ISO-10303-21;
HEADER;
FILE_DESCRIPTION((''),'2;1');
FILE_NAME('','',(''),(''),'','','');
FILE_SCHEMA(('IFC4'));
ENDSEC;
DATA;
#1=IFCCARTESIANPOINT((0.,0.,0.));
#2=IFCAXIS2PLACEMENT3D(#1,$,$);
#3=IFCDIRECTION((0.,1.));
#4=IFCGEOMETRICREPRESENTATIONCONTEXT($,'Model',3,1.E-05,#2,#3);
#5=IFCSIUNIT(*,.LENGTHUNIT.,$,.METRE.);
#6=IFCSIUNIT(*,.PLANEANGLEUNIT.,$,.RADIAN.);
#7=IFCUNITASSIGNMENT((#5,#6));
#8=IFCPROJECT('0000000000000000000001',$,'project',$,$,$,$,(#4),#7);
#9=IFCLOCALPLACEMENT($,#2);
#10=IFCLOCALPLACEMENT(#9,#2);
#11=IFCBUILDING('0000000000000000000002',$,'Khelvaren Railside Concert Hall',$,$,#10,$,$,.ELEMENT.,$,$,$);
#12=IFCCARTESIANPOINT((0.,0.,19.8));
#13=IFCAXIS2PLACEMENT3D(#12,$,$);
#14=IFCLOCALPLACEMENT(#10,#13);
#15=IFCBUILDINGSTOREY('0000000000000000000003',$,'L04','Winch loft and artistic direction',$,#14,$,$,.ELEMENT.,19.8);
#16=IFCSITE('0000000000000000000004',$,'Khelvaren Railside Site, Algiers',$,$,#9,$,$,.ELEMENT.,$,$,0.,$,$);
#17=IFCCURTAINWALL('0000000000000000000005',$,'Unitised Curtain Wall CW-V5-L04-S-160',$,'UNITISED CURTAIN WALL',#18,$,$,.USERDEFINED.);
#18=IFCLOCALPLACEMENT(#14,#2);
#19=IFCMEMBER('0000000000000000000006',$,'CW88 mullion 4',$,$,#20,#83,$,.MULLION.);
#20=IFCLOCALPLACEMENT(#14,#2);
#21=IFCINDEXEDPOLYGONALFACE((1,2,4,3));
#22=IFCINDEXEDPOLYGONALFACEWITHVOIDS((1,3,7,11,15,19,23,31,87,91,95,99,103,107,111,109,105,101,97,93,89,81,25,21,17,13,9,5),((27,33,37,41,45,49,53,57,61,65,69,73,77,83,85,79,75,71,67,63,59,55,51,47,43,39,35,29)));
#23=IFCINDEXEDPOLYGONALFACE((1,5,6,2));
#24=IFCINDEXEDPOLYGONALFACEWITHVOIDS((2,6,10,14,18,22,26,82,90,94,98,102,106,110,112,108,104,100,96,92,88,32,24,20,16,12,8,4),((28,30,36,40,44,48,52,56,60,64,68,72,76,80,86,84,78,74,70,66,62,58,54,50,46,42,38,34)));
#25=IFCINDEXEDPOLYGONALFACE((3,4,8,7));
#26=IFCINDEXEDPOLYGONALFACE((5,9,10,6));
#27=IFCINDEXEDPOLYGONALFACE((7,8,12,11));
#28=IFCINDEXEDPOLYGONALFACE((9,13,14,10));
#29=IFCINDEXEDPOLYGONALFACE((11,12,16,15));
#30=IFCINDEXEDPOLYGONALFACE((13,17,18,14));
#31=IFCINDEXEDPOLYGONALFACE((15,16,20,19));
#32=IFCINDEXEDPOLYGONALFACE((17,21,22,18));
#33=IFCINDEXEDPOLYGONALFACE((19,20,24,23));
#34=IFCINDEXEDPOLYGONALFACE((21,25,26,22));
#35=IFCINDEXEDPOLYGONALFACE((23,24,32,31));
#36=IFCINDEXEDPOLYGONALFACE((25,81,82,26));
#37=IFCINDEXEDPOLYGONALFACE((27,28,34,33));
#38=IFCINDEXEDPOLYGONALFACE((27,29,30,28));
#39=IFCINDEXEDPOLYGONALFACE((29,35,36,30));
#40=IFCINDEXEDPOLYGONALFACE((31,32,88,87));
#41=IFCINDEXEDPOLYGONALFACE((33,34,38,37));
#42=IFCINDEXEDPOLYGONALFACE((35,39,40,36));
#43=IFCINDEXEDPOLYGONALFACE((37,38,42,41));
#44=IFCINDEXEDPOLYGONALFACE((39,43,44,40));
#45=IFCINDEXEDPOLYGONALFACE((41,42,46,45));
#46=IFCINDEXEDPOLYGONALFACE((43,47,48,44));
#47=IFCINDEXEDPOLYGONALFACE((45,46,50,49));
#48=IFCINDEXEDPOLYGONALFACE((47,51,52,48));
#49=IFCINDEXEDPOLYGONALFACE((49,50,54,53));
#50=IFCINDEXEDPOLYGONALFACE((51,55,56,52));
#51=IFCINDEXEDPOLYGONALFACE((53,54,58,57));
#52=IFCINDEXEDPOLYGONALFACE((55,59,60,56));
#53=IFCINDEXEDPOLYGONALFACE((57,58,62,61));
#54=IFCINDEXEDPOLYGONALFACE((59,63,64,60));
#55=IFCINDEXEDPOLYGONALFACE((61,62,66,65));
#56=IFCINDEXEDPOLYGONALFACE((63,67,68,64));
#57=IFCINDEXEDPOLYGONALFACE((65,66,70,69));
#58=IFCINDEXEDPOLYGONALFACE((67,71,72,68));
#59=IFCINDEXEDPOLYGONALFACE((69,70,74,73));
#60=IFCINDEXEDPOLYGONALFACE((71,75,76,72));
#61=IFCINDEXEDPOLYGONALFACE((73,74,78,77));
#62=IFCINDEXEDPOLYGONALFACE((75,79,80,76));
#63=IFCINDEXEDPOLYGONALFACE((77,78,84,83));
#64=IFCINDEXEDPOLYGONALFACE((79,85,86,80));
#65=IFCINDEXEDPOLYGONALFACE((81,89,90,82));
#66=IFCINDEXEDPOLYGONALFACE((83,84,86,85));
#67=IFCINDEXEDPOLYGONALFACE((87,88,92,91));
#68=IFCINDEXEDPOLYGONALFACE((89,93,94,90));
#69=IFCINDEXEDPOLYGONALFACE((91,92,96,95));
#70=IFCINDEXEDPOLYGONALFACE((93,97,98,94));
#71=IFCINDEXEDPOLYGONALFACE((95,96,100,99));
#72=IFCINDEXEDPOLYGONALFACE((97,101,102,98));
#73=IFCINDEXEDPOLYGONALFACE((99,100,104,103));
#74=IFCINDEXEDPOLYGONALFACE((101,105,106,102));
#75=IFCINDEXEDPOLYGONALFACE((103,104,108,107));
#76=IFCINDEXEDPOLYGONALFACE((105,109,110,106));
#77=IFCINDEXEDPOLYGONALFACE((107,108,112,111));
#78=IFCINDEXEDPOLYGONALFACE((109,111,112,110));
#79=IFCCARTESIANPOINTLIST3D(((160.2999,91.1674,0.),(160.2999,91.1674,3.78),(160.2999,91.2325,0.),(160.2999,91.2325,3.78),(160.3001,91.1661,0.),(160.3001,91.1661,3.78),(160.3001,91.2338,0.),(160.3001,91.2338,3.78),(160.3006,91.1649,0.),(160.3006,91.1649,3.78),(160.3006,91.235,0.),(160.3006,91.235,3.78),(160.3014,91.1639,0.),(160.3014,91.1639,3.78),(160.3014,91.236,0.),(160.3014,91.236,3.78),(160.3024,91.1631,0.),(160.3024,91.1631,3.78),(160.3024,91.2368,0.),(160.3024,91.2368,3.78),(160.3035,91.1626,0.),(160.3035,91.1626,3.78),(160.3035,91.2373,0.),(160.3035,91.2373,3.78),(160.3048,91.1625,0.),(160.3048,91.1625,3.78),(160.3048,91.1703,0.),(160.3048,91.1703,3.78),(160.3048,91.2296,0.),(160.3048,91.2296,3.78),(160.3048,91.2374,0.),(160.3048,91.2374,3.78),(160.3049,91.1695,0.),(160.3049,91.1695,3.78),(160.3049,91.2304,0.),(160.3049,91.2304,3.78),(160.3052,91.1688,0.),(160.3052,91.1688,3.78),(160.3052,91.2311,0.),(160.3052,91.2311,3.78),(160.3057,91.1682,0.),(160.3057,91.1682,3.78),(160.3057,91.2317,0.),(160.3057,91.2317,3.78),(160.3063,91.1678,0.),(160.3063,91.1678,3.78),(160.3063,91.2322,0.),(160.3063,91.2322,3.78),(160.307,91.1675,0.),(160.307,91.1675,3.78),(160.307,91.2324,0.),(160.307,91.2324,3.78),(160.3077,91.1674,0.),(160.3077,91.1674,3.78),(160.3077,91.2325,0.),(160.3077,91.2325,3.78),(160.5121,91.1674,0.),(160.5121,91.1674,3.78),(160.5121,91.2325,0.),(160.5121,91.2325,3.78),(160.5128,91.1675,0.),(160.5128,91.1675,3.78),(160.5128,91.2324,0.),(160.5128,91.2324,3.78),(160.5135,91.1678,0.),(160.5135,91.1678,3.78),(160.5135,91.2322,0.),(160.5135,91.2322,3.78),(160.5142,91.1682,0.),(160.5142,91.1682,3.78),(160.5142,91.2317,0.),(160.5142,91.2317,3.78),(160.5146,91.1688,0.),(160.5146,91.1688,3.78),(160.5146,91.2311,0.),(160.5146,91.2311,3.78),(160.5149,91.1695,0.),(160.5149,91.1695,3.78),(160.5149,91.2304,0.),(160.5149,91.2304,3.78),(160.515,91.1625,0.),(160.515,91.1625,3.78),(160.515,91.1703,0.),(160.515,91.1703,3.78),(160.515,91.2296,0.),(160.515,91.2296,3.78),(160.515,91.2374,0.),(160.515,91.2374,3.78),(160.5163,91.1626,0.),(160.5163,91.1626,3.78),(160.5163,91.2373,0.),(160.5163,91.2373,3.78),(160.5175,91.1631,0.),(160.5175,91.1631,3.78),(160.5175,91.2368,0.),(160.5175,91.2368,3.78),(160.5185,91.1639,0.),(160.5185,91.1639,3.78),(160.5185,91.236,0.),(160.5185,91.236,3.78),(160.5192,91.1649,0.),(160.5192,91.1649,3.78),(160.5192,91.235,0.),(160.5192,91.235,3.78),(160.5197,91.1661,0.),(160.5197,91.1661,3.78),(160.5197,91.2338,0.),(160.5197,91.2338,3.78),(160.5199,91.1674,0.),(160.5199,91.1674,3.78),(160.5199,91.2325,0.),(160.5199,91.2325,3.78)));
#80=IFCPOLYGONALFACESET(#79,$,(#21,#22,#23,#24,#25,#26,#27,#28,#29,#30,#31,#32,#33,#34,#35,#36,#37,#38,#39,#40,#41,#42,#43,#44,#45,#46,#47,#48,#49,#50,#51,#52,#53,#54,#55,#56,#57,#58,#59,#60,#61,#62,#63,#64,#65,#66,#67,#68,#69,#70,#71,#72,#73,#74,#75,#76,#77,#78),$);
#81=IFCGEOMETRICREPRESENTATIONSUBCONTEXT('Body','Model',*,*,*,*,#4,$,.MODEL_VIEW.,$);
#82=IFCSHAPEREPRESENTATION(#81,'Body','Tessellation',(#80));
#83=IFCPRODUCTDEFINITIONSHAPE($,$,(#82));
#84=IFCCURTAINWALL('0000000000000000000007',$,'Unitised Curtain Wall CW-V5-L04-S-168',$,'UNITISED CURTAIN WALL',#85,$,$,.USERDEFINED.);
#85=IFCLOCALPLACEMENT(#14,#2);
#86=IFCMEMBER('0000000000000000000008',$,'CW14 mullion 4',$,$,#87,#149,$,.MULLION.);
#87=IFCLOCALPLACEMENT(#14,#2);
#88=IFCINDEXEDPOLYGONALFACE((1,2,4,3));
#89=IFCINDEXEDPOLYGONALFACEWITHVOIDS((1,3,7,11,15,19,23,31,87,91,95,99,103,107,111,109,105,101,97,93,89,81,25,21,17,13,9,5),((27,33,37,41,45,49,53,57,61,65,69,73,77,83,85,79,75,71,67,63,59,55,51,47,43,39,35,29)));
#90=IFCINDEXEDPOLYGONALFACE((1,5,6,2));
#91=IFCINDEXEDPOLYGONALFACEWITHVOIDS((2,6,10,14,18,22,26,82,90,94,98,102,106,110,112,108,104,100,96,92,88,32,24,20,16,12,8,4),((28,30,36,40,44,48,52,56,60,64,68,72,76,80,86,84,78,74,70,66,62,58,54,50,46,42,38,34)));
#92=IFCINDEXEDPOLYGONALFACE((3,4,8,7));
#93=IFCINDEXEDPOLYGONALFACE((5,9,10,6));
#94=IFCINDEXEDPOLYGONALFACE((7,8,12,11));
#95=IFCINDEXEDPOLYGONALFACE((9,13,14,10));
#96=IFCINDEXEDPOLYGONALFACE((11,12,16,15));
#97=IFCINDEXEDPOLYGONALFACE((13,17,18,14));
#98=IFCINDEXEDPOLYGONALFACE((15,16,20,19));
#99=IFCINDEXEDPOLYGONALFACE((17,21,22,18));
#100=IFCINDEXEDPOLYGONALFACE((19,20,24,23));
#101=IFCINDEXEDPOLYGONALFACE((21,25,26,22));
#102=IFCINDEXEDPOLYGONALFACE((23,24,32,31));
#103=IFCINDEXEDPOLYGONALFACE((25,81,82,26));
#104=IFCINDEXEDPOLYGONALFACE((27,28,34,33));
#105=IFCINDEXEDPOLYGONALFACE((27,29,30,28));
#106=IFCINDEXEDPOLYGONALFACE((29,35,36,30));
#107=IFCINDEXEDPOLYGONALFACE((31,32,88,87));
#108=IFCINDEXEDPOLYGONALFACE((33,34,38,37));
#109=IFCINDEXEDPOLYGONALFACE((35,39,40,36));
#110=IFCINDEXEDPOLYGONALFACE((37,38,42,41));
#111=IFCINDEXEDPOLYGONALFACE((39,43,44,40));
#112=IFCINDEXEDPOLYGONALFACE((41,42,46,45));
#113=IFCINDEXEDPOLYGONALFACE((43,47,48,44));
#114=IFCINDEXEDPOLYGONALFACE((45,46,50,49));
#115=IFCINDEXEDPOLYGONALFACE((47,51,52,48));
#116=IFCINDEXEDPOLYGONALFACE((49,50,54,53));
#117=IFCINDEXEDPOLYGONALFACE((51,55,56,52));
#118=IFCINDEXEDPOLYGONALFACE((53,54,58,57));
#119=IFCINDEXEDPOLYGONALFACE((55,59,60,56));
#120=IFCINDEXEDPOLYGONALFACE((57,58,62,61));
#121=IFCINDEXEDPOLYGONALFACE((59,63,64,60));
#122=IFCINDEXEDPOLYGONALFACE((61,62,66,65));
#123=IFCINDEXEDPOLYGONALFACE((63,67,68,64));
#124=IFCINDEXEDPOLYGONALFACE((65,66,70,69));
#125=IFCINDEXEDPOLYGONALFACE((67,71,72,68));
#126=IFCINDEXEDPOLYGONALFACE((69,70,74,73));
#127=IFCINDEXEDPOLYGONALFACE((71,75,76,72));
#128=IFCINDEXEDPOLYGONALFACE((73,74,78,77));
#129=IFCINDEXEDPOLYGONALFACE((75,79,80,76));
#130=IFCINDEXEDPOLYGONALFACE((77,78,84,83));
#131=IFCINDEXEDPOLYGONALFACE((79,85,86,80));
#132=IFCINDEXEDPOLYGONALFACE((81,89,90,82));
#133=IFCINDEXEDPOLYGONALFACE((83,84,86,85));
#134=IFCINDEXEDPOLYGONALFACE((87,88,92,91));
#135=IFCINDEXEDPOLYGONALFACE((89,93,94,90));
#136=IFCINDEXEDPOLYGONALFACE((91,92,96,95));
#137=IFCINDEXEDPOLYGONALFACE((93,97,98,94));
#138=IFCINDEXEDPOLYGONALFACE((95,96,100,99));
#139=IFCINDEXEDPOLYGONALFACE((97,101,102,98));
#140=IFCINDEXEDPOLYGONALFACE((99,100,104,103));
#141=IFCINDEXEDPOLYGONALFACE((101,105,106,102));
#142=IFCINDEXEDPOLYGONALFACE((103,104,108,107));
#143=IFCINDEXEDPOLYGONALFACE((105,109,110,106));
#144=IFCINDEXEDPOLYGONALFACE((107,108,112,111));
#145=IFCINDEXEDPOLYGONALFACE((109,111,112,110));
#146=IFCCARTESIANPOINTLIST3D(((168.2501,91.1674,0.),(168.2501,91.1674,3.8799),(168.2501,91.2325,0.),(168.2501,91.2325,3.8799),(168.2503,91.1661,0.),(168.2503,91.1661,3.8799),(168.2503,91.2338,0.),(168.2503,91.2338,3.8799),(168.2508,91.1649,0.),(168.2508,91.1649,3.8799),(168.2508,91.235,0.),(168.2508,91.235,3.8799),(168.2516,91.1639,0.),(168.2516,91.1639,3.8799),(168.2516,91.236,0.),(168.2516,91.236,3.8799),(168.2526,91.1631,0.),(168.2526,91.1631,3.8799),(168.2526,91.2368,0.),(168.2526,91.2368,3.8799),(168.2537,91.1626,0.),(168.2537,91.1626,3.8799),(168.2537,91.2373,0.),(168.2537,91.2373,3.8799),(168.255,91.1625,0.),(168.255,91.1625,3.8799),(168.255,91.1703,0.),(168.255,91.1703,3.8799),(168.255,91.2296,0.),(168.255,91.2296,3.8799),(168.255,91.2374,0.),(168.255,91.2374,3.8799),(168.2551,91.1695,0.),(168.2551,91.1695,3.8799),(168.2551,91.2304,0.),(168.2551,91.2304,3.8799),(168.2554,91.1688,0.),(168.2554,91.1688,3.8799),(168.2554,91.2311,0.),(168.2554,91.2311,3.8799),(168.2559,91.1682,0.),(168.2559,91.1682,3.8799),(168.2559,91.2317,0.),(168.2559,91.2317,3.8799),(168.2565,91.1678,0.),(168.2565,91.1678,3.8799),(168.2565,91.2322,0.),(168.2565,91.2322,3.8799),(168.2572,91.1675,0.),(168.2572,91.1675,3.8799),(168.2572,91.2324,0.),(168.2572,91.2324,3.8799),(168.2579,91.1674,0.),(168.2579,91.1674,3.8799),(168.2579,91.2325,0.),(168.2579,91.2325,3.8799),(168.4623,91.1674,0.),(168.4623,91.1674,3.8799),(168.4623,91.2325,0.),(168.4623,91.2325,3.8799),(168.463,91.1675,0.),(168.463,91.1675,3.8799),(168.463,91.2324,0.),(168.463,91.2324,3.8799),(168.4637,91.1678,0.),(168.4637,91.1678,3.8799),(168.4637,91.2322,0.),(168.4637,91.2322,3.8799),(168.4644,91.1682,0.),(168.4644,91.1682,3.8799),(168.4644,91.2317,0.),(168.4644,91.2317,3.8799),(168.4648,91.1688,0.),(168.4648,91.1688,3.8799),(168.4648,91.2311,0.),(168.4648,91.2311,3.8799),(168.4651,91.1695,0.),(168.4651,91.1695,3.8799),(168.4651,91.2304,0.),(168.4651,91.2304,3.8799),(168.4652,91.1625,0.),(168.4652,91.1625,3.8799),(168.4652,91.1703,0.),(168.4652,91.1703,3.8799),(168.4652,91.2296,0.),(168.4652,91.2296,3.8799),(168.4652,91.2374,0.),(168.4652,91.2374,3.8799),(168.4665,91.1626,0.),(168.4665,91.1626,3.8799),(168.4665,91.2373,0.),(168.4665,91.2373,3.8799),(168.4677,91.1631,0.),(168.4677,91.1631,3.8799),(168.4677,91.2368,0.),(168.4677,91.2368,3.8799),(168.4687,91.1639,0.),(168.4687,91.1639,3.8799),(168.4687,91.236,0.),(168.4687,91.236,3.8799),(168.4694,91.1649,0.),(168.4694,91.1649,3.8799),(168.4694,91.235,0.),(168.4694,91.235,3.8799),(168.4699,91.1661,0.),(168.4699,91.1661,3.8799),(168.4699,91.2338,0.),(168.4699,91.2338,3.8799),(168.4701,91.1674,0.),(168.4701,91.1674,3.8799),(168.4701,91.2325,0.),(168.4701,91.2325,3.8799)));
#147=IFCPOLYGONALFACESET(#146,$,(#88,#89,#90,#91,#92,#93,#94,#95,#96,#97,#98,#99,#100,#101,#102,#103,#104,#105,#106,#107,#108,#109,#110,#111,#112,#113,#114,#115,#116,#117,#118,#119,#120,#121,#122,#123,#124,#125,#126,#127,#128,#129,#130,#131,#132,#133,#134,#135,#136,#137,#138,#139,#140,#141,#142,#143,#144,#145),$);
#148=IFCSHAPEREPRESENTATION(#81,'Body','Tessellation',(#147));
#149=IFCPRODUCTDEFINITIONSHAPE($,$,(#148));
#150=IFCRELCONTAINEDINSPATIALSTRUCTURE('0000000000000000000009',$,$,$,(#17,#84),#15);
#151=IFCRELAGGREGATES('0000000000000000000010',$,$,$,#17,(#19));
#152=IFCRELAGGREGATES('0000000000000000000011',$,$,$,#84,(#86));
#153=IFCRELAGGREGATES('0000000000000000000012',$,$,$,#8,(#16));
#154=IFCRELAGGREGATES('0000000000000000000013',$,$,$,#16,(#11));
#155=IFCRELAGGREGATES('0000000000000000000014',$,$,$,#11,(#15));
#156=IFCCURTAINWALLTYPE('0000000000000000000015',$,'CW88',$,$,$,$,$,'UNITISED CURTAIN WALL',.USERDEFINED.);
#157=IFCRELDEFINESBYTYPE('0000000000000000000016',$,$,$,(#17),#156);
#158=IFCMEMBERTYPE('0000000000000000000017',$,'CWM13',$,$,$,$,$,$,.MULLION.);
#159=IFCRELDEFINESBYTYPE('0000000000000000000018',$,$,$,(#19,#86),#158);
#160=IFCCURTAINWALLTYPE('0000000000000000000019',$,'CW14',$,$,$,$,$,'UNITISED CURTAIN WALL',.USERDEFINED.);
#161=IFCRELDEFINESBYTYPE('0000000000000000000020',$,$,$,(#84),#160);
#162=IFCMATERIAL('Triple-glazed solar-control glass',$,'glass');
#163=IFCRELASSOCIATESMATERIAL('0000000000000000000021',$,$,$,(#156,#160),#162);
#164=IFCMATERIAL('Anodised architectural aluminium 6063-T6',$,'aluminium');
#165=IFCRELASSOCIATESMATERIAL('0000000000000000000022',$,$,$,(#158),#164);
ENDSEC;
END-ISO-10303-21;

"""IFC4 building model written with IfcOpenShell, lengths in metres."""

from ifc_helpers import new_model, si_unit, direction, frame, origin, origin_2d, place, context, subcontext, project, spatial, hollow_rectangle, extrude, material, material_profile, profile_set, type_object, element, aggregate, save


model = new_model("IFC4")

# Units and contexts
model_context = context("Model", 3, precision=1e-05, world=origin(), true_north=direction((0.0, 1.0)))
body_context = subcontext(model_context, "Body", "Model", "MODEL_VIEW")
ifc_project = project(units=[si_unit("LENGTHUNIT", "METRE"), si_unit("PLANEANGLEUNIT", "RADIAN")], contexts=[model_context])

# Site, building, storey
site_placement = place(None, origin())
site = spatial("IfcSite", under=ifc_project, at=site_placement, Name="Khelvaren Railside Site, Algiers", CompositionType="ELEMENT", RefElevation=0.0)
building_placement = place(site_placement, origin())
building = spatial("IfcBuilding", under=site, at=building_placement, Name="Khelvaren Railside Concert Hall", CompositionType="ELEMENT")
storey_placement = place(building_placement, frame((0.0, 0.0, 19.8)))
storey = spatial("IfcBuildingStorey", under=building, at=storey_placement, Name="L04", Description="Winch loft and artistic direction", CompositionType="ELEMENT", Elevation=19.8)

# Curtain wall, member
ifc_material_1 = material(Name="Triple-glazed solar-control glass", Category="glass")
curtain_wall_type_1 = type_object("IfcCurtainWallType", Name="CW88", ElementType="UNITISED CURTAIN WALL", PredefinedType="USERDEFINED", material=ifc_material_1)
curtain_wall_1_placement = place(storey_placement, origin())
curtain_wall_1 = element("IfcCurtainWall", 1, at=curtain_wall_1_placement, inside=storey, type_object=curtain_wall_type_1, Name="Unitised Curtain Wall CW-V5-L04-S-160", ObjectType="UNITISED CURTAIN WALL", PredefinedType="USERDEFINED")
ifc_material_2 = material(Name="Anodised architectural aluminium 6063-T6", Category="aluminium")
ifc_material_profile_1 = material_profile(ifc_material_2, hollow_rectangle(XDim=0.075, YDim=0.22, WallThickness=0.0049, InnerFilletRadius=0.0029, OuterFilletRadius=0.0049, at=origin_2d()), Name="CWM 75x220x5")
ifc_profile_set_1 = profile_set([ifc_material_profile_1], Name="Anodised architectural aluminium 6063-T6")
member_type_1 = type_object("IfcMemberType", Name="CWM13", PredefinedType="MULLION", material=ifc_profile_set_1)
member_1_placement = place(storey_placement, frame((160.4099, 91.2, 0.0), z_axis=(0.0, 0.0, 1.0), x_axis=(0.0, -1.0, 0.0)))
member_1 = element("IfcMember", 2, at=member_1_placement, type_object=member_type_1, Name="CW88 mullion 4", PredefinedType="MULLION", context=body_context, shape_type="SweptSolid", body=[
    extrude(hollow_rectangle(XDim=0.075, YDim=0.22, WallThickness=0.0049, InnerFilletRadius=0.0029, OuterFilletRadius=0.0049, at=origin_2d()), origin(), (0.0, 0.0, 1.0), 3.78),
])

# Curtain wall, member
curtain_wall_type_2 = type_object("IfcCurtainWallType", Name="CW14", ElementType="UNITISED CURTAIN WALL", PredefinedType="USERDEFINED", material=ifc_material_1)
curtain_wall_2_placement = place(storey_placement, origin())
curtain_wall_2 = element("IfcCurtainWall", 3, at=curtain_wall_2_placement, inside=storey, type_object=curtain_wall_type_2, Name="Unitised Curtain Wall CW-V5-L04-S-168", ObjectType="UNITISED CURTAIN WALL", PredefinedType="USERDEFINED")
member_2_placement = place(storey_placement, frame((168.3601, 91.2, 0.0), z_axis=(0.0, 0.0, 1.0), x_axis=(0.0, -1.0, 0.0)))
member_2 = element("IfcMember", 4, at=member_2_placement, type_object=member_type_1, Name="CW14 mullion 4", PredefinedType="MULLION", context=body_context, shape_type="SweptSolid", body=[
    extrude(hollow_rectangle(XDim=0.075, YDim=0.22, WallThickness=0.0049, InnerFilletRadius=0.0029, OuterFilletRadius=0.0049, at=origin_2d()), origin(), (0.0, 0.0, 1.0), 3.8799),
])

aggregate(curtain_wall_1, [member_1])
aggregate(curtain_wall_2, [member_2])

save(model, "model.ifc")
